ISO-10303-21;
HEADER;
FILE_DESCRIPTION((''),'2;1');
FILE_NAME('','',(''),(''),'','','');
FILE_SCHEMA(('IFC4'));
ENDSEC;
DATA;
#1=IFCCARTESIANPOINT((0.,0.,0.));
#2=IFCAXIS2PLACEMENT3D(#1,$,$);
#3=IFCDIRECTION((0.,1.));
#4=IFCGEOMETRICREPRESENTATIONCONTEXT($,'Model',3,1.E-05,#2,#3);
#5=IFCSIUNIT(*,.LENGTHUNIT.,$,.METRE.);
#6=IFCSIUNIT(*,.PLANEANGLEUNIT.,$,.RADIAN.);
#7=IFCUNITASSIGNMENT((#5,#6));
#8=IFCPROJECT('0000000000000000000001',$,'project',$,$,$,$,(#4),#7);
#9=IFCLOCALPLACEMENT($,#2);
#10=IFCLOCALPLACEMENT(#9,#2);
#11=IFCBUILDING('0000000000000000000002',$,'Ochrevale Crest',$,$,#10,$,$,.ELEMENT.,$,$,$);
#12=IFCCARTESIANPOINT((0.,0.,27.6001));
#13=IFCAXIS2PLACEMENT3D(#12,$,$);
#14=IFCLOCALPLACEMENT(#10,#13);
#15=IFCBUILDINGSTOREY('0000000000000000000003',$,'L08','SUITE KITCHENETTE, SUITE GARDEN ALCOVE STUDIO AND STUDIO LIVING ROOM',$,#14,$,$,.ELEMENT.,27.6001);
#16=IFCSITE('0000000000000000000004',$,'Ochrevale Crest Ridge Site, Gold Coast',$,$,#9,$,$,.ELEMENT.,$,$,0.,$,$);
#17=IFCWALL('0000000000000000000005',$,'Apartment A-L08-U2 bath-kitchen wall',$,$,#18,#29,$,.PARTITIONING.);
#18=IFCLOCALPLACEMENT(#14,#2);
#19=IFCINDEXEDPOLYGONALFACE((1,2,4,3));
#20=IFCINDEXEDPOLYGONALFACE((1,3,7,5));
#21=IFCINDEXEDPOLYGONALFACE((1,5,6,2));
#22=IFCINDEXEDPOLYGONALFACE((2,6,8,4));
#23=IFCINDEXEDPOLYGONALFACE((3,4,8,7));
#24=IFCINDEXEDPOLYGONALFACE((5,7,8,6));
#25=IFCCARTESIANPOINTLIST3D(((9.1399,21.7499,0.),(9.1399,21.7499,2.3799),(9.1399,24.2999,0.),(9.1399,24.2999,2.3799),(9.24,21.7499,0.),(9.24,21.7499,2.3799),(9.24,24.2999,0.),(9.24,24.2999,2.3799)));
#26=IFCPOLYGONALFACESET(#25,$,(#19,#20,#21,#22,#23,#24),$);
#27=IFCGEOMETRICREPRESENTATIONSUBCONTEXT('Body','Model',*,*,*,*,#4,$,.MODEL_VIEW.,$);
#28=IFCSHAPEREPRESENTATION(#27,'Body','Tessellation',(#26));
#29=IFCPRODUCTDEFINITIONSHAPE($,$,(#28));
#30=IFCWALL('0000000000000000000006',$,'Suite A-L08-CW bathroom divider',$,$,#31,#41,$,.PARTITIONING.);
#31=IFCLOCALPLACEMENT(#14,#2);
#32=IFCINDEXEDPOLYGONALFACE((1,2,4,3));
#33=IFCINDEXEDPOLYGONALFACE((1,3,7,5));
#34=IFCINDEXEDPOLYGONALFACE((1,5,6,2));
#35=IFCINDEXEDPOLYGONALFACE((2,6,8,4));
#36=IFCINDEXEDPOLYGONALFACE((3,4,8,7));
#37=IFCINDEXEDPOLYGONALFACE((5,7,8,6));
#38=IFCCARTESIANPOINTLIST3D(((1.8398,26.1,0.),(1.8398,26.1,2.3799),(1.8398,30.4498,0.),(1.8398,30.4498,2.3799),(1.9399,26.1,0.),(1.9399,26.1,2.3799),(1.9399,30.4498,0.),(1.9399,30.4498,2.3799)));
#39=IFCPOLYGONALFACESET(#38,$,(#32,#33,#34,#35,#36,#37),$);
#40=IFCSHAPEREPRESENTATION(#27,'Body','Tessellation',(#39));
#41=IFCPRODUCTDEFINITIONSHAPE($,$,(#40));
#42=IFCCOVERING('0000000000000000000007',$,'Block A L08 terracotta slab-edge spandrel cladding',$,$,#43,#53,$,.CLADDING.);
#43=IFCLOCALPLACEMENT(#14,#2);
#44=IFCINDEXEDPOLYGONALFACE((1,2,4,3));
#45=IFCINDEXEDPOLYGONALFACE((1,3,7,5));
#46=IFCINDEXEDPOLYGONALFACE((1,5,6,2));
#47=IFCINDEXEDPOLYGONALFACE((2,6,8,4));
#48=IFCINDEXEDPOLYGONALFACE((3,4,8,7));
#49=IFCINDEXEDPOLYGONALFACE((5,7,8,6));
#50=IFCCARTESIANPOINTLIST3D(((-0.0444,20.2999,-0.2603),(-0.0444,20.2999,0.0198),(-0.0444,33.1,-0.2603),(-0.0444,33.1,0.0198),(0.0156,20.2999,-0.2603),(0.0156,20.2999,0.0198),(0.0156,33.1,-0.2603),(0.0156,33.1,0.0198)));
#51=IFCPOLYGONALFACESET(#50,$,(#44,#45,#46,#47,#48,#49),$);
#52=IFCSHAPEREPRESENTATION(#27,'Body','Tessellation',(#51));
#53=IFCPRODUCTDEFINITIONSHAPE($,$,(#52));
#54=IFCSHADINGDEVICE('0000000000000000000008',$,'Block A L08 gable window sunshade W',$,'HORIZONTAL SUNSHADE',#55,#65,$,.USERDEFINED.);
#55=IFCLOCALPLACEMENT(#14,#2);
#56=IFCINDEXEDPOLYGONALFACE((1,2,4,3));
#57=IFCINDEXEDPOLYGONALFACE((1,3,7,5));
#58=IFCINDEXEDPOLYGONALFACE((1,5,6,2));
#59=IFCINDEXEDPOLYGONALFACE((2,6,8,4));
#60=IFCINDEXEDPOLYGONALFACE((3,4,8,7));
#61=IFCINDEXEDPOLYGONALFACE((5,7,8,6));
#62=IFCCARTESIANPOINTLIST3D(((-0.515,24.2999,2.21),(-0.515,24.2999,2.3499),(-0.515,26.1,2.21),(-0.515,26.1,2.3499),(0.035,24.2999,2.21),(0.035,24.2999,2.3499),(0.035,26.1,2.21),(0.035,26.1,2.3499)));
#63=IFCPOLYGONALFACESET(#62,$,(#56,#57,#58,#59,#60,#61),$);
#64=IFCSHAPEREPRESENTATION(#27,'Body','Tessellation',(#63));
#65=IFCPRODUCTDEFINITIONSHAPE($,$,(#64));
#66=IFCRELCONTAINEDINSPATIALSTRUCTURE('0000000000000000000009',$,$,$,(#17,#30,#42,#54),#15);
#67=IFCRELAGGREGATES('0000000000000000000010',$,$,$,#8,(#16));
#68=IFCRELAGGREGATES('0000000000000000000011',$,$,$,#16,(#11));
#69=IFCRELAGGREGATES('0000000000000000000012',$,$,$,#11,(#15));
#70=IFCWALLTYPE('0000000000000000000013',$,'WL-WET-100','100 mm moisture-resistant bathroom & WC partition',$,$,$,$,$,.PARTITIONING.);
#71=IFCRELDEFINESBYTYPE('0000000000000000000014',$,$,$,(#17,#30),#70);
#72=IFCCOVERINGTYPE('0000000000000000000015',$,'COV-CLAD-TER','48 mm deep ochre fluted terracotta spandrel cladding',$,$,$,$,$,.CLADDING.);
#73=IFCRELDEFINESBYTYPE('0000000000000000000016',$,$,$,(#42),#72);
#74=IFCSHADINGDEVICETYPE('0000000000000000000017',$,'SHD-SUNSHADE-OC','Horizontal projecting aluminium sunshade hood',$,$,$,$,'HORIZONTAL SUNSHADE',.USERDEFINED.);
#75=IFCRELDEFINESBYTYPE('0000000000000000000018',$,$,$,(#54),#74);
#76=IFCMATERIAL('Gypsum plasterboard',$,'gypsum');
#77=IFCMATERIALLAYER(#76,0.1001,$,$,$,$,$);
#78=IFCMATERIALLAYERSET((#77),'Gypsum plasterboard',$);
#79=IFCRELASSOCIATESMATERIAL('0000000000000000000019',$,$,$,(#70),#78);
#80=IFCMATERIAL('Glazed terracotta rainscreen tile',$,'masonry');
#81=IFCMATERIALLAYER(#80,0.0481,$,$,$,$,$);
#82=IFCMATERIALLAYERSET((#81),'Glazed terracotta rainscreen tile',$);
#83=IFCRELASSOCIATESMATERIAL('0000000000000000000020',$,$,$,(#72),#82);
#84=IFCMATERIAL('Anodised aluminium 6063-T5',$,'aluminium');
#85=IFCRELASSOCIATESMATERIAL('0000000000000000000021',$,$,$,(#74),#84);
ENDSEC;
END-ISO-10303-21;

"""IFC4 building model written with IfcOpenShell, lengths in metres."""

from ifc_helpers import new_model, si_unit, direction, frame, frame_2d, origin, origin_2d, place, context, subcontext, project, spatial, rectangle, extrude, material, layer, layer_set, type_object, element, save


model = new_model("IFC4")

# Units and contexts
model_context = context("Model", 3, precision=1e-05, world=origin(), true_north=direction((0.0, 1.0)))
body_context = subcontext(model_context, "Body", "Model", "MODEL_VIEW")
ifc_project = project(units=[si_unit("LENGTHUNIT", "METRE"), si_unit("PLANEANGLEUNIT", "RADIAN")], contexts=[model_context])

# Site, building, storey
site_placement = place(None, origin())
site = spatial("IfcSite", under=ifc_project, at=site_placement, Name="Ochrevale Crest Ridge Site, Gold Coast", CompositionType="ELEMENT", RefElevation=0.0)
building_placement = place(site_placement, origin())
building = spatial("IfcBuilding", under=site, at=building_placement, Name="Ochrevale Crest", CompositionType="ELEMENT")
storey_placement = place(building_placement, frame((0.0, 0.0, 27.6001)))
storey = spatial("IfcBuildingStorey", under=building, at=storey_placement, Name="L08", Description="SUITE KITCHENETTE, SUITE GARDEN ALCOVE STUDIO AND STUDIO LIVING ROOM", CompositionType="ELEMENT", Elevation=27.6001)

# Shared definitions
ifc_material_1 = material(Name="Anodised aluminium 6063-T5", Category="aluminium")

# Shared definitions
ifc_material_2 = material(Name="Gypsum plasterboard", Category="gypsum")

# Walls
ifc_layer_1 = layer(ifc_material_2, 0.1001)
ifc_layer_set_1 = layer_set([ifc_layer_1], Name="Gypsum plasterboard")
wall_type_1 = type_object("IfcWallType", Name="WL-WET-100", Description="100 mm moisture-resistant bathroom & WC partition", PredefinedType="PARTITIONING", material=ifc_layer_set_1)
wall_1_placement = place(storey_placement, frame((9.1899, 21.75, 0.0), z_axis=(0.0, 0.0, 1.0), x_axis=(0.0, 1.0, 0.0)))
element("IfcWall", 1, at=wall_1_placement, inside=storey, type_object=wall_type_1, Name="Apartment A-L08-U2 bath-kitchen wall", PredefinedType="PARTITIONING", context=body_context, shape_type="SweptSolid", body=[
    extrude(rectangle(XDim=2.55, YDim=0.1001, at=frame_2d((1.2749, 0.0))), origin(), (0.0, 0.0, 1.0), 2.3799),
])
wall_2_placement = place(storey_placement, frame((1.8899, 26.1001, 0.0), z_axis=(0.0, 0.0, 1.0), x_axis=(0.0, 1.0, 0.0)))
element("IfcWall", 2, at=wall_2_placement, inside=storey, type_object=wall_type_1, Name="Suite A-L08-CW bathroom divider", PredefinedType="PARTITIONING", context=body_context, shape_type="SweptSolid", body=[
    extrude(rectangle(XDim=4.3499, YDim=0.1001, at=frame_2d((2.1748, 0.0))), origin(), (0.0, 0.0, 1.0), 2.3799),
])

# Covering
ifc_material_3 = material(Name="Glazed terracotta rainscreen tile", Category="masonry")
ifc_layer_2 = layer(ifc_material_3, 0.0481)
ifc_layer_set_2 = layer_set([ifc_layer_2], Name="Glazed terracotta rainscreen tile")
covering_type = type_object("IfcCoveringType", Name="COV-CLAD-TER", Description="48 mm deep ochre fluted terracotta spandrel cladding", PredefinedType="CLADDING", material=ifc_layer_set_2)
covering_placement = place(storey_placement, frame((-0.0144, 26.7, -0.2603), z_axis=(0.0, 0.0, 1.0), x_axis=(0.0, -1.0, 0.0)))
element("IfcCovering", 3, at=covering_placement, inside=storey, type_object=covering_type, Name="Block A L08 terracotta slab-edge spandrel cladding", PredefinedType="CLADDING", context=body_context, shape_type="SweptSolid", body=[
    extrude(rectangle(XDim=12.8, YDim=0.0601, at=origin_2d()), origin(), (0.0, 0.0, 1.0), 0.28),
])

# Shading device
shading_device_type = type_object("IfcShadingDeviceType", Name="SHD-SUNSHADE-OC", Description="Horizontal projecting aluminium sunshade hood", ElementType="HORIZONTAL SUNSHADE", PredefinedType="USERDEFINED", material=ifc_material_1)
shading_device_placement = place(storey_placement, frame((-0.24, 25.2, 2.21), z_axis=(0.0, 0.0, 1.0), x_axis=(1.0, 0.0, 0.0)))
element("IfcShadingDevice", 4, at=shading_device_placement, inside=storey, type_object=shading_device_type, Name="Block A L08 gable window sunshade W", ObjectType="HORIZONTAL SUNSHADE", PredefinedType="USERDEFINED", context=body_context, shape_type="SweptSolid", body=[
    extrude(rectangle(XDim=0.55, YDim=1.8, at=origin_2d()), origin(), (0.0, 0.0, 1.0), 0.1399),
])

save(model, "model.ifc")
